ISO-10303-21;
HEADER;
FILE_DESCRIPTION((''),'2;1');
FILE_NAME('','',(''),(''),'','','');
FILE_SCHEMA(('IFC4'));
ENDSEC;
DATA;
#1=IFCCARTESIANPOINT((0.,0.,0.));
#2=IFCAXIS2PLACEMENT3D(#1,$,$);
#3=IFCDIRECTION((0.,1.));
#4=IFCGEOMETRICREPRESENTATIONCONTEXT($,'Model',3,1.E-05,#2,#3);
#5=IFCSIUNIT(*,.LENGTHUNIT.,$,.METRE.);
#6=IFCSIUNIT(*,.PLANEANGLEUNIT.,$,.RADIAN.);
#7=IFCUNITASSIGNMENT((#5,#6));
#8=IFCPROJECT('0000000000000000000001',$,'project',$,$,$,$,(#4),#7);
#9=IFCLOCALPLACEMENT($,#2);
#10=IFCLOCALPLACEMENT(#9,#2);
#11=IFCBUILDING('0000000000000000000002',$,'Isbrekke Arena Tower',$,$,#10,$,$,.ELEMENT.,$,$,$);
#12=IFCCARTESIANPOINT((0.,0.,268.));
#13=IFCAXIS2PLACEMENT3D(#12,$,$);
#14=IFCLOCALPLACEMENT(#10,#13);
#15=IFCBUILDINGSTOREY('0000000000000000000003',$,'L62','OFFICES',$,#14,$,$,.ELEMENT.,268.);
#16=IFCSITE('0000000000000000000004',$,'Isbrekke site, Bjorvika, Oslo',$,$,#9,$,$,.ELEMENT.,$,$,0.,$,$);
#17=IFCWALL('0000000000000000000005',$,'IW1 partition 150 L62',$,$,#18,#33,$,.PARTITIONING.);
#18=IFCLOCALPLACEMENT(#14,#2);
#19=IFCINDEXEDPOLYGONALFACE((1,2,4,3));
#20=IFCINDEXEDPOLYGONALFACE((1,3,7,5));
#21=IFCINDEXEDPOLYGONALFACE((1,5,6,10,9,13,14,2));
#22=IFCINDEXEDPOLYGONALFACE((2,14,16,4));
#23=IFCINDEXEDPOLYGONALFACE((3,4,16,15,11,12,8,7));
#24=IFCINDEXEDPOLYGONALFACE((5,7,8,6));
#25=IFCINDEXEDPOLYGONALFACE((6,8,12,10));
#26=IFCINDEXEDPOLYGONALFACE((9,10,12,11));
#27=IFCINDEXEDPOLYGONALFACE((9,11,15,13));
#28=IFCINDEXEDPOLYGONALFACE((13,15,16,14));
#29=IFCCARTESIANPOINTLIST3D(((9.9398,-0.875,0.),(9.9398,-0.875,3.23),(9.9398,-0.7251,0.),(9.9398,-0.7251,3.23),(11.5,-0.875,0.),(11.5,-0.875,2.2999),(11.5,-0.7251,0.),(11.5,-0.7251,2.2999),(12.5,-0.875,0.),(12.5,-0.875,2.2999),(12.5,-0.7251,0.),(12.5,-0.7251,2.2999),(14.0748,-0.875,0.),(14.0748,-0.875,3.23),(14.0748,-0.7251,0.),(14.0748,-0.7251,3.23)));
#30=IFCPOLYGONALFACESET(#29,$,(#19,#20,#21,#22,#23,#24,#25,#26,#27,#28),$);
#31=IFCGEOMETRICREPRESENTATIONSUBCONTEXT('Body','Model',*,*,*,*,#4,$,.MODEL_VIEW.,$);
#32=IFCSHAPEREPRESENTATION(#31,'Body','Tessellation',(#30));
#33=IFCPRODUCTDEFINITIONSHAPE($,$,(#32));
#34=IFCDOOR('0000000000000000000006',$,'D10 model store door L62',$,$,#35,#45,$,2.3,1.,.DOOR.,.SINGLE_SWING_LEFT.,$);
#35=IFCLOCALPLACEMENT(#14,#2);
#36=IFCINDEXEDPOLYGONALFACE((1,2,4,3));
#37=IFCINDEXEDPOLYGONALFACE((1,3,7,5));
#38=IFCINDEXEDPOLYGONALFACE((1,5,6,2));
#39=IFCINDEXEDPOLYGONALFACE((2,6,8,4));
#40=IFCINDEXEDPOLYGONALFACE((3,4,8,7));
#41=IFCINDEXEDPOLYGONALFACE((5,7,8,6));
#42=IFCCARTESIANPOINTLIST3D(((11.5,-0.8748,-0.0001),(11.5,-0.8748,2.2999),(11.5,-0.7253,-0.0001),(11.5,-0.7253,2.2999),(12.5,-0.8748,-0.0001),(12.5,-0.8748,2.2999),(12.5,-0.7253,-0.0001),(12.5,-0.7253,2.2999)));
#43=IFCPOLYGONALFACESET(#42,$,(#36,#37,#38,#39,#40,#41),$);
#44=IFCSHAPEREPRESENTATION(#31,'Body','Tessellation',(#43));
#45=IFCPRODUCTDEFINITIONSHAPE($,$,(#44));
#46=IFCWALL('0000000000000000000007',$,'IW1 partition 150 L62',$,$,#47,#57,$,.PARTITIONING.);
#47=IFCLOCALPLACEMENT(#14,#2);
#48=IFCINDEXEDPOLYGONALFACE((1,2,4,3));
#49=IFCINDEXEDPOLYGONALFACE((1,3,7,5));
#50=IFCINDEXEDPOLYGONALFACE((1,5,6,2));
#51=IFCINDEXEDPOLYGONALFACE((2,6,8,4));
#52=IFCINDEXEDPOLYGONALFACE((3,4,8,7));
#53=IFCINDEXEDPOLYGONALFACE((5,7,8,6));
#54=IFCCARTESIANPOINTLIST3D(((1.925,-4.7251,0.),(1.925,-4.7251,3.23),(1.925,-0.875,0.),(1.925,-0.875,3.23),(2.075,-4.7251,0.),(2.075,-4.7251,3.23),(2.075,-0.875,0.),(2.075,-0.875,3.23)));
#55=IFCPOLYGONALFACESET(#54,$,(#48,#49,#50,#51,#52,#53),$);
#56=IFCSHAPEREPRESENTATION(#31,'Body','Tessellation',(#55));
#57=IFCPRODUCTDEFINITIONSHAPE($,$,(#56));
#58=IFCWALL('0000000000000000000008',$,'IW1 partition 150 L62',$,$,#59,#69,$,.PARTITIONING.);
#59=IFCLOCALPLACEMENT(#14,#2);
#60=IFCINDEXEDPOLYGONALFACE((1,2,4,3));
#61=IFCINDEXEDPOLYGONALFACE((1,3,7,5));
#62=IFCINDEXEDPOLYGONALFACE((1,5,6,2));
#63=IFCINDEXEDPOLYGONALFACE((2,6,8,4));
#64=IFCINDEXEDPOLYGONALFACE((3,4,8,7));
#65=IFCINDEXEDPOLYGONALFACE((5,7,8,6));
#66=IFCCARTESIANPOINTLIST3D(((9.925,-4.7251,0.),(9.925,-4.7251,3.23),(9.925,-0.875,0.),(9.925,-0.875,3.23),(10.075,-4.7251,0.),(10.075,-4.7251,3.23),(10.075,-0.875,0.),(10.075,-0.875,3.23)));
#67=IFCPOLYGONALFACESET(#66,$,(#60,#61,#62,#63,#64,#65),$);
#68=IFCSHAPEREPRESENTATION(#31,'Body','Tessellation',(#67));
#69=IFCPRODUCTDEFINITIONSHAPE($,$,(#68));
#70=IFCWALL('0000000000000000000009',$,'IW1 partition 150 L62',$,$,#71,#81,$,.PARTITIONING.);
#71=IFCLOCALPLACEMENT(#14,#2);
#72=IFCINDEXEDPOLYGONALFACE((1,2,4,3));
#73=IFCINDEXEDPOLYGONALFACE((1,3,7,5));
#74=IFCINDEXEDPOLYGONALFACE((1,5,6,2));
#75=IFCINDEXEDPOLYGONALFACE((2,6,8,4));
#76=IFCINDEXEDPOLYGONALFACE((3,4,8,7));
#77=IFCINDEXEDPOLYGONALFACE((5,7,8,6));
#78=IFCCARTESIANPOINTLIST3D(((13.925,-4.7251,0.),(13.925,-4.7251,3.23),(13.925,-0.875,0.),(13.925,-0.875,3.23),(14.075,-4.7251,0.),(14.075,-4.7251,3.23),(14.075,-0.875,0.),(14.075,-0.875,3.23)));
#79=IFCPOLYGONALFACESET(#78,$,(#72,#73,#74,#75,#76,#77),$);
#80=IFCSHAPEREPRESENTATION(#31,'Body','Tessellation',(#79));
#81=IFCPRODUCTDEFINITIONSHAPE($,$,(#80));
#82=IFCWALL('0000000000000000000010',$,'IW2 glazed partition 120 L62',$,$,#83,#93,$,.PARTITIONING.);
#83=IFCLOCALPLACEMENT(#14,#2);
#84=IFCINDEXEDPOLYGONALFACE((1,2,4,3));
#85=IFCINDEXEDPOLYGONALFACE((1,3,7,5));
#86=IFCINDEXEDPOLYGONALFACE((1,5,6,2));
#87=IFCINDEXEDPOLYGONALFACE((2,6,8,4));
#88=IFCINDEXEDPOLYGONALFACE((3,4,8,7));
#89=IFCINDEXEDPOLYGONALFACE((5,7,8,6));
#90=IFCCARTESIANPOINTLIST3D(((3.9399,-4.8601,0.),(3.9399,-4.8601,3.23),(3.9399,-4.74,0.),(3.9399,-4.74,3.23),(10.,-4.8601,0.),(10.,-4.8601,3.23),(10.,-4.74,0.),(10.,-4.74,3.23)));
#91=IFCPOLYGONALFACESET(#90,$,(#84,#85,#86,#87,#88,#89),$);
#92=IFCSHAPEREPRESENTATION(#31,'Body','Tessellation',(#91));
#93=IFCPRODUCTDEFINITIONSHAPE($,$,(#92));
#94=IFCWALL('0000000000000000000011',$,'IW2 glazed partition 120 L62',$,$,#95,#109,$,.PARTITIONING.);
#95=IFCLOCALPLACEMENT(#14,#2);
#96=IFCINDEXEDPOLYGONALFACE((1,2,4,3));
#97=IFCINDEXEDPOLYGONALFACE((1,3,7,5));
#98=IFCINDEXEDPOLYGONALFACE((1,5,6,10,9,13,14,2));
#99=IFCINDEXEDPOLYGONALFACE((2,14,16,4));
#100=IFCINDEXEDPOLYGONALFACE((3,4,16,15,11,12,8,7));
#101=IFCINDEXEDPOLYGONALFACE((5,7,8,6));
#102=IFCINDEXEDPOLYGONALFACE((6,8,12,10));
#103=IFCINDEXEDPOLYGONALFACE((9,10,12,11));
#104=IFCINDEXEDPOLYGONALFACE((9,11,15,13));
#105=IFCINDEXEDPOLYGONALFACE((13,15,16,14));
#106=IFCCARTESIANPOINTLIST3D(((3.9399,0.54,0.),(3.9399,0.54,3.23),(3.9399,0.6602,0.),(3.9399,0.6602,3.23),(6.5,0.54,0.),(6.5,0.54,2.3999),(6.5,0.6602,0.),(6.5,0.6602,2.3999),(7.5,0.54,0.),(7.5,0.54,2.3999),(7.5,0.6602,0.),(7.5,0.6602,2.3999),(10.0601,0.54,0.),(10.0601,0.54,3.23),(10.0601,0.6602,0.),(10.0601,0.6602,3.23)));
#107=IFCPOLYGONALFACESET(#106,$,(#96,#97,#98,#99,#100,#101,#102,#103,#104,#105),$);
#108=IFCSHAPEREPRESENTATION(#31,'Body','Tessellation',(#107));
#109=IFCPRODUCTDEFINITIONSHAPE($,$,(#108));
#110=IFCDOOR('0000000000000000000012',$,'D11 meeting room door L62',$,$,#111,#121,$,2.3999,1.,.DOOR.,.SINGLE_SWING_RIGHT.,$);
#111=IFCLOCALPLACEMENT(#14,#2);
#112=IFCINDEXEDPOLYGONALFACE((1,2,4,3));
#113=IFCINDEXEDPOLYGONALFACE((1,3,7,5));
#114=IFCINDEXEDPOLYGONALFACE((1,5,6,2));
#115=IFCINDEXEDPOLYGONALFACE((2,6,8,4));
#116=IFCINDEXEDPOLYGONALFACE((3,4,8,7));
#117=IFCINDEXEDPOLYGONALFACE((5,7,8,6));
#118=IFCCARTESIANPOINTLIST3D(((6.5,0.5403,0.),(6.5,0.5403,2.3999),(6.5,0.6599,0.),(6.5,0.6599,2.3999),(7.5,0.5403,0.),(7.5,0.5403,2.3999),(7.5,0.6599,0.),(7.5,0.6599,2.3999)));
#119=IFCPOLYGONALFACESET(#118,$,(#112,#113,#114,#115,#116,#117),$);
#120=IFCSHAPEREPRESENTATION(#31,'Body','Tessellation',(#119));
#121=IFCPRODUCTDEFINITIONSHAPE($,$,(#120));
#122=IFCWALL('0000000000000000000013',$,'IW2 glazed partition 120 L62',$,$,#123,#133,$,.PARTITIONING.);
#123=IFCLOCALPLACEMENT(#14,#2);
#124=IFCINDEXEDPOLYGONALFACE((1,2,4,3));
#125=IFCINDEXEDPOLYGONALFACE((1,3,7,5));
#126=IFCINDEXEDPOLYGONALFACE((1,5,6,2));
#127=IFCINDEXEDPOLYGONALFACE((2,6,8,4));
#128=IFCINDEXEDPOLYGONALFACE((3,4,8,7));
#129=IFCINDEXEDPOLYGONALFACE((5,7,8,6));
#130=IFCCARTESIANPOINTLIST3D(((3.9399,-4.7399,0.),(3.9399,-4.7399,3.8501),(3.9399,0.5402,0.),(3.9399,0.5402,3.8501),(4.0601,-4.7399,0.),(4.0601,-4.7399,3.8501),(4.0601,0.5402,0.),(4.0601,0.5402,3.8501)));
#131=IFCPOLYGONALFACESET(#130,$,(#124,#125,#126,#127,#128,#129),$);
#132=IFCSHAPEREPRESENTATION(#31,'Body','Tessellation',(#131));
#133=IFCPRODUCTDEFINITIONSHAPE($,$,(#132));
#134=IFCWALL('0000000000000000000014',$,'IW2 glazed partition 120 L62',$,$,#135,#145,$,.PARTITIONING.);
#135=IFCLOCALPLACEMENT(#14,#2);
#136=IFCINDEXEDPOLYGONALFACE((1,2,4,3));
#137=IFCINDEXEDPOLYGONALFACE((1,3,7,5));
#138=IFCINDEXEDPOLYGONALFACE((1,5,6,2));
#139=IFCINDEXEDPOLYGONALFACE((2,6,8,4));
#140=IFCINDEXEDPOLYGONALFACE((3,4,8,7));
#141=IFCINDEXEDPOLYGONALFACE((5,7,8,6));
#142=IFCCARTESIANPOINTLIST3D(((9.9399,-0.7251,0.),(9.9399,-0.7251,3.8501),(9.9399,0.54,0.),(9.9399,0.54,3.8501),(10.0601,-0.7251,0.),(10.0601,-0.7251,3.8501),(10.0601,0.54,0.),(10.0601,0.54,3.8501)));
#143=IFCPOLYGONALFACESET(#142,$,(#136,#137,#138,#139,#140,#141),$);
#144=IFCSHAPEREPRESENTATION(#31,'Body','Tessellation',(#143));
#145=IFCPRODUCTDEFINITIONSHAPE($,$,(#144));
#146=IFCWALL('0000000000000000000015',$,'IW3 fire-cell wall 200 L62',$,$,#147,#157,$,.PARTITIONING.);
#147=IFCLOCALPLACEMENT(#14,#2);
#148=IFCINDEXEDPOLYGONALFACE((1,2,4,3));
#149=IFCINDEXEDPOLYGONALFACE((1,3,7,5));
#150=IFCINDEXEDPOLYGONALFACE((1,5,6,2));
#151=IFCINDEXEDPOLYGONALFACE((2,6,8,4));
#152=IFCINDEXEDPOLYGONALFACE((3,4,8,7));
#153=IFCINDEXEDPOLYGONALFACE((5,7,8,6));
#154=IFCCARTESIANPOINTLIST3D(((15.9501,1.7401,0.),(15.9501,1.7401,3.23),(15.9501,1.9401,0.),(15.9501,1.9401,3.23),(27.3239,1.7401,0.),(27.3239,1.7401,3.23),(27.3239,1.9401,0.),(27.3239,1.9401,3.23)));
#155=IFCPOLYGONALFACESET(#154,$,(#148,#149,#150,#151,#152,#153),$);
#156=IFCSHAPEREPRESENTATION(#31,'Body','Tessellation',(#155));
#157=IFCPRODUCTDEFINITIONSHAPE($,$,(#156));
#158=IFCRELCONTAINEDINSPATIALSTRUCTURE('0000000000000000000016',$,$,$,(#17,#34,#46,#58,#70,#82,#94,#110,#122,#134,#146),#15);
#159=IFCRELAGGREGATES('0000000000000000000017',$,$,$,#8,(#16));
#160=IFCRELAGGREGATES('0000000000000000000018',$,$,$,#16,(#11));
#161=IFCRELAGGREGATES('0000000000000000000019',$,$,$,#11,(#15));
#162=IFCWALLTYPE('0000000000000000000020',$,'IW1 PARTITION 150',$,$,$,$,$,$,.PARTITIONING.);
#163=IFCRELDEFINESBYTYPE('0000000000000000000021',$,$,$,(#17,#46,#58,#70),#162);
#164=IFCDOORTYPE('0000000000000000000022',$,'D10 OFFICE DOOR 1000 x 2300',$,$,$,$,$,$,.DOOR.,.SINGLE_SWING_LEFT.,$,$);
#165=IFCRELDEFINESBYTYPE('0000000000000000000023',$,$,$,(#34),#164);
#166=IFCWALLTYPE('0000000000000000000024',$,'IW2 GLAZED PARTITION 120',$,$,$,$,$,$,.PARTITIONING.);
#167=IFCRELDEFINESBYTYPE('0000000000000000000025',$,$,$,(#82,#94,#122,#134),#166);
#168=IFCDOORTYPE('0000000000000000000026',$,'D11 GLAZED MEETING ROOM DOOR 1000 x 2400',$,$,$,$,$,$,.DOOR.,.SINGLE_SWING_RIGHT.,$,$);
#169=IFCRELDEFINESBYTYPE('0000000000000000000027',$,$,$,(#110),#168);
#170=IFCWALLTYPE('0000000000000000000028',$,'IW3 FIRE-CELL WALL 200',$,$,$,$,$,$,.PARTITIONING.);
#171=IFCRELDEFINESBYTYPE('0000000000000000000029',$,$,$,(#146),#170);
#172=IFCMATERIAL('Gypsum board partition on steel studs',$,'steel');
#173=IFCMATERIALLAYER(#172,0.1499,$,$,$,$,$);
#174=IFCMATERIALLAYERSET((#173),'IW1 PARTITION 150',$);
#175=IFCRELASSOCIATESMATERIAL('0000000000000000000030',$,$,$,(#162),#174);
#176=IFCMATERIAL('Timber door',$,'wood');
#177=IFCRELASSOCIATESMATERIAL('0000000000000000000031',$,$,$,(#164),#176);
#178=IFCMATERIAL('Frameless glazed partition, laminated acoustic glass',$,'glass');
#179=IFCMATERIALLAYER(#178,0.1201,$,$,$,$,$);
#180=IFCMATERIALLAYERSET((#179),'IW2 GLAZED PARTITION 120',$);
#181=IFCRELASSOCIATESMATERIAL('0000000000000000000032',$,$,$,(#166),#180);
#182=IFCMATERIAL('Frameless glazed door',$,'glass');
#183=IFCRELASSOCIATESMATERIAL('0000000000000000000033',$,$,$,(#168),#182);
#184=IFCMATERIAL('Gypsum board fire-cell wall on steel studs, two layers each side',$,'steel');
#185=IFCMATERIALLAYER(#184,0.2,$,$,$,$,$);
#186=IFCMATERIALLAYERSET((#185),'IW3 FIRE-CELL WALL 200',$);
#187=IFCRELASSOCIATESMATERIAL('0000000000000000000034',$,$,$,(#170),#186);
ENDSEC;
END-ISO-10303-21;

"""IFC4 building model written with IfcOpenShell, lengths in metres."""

from ifc_helpers import new_model, si_unit, direction, frame, frame_2d, origin, place, context, subcontext, project, spatial, rectangle, extrude, material, layer, layer_set, type_object, element, fill, save


model = new_model("IFC4")

# Units and contexts
model_context = context("Model", 3, precision=1e-05, world=origin(), true_north=direction((0.0, 1.0)))
body_context = subcontext(model_context, "Body", "Model", "MODEL_VIEW")
ifc_project = project(units=[si_unit("LENGTHUNIT", "METRE"), si_unit("PLANEANGLEUNIT", "RADIAN")], contexts=[model_context])

# Site, building, storey
site_placement = place(None, origin())
site = spatial("IfcSite", under=ifc_project, at=site_placement, Name="Isbrekke site, Bjorvika, Oslo", CompositionType="ELEMENT", RefElevation=0.0)
building_placement = place(site_placement, origin())
building = spatial("IfcBuilding", under=site, at=building_placement, Name="Isbrekke Arena Tower", CompositionType="ELEMENT")
storey_placement = place(building_placement, frame((0.0, 0.0, 268.0)))
storey = spatial("IfcBuildingStorey", under=building, at=storey_placement, Name="L62", Description="OFFICES", CompositionType="ELEMENT", Elevation=268.0)

# Shared definitions
ifc_material_1 = material(Name="Gypsum board partition on steel studs", Category="steel")
ifc_layer_1 = layer(ifc_material_1, 0.1499)
ifc_layer_set_1 = layer_set([ifc_layer_1], Name="IW1 PARTITION 150")
wall_type_1 = type_object("IfcWallType", Name="IW1 PARTITION 150", PredefinedType="PARTITIONING", material=ifc_layer_set_1)

# Wall, opening, door
wall_1_placement = place(storey_placement, frame((9.9399, -0.8, 0.0), z_axis=(0.0, 0.0, 1.0), x_axis=(1.0, 0.0, 0.0)))
wall_1 = element("IfcWall", 1, at=wall_1_placement, inside=storey, type_object=wall_type_1, Name="IW1 partition 150 L62", PredefinedType="PARTITIONING", context=body_context, shape_type="SweptSolid", body=[
    extrude(rectangle(XDim=4.135, YDim=0.1499, at=frame_2d((2.0674, 0.0))), origin(), (0.0, 0.0, 1.0), 3.23),
])
opening_1_placement = place(wall_1_placement, frame((1.5601, 0.0, 0.0)))
opening_1 = element("IfcOpeningElement", 2, at=opening_1_placement, cuts=wall_1, PredefinedType="OPENING", context=body_context, shape_type="SweptSolid", body=[
    extrude(rectangle(XDim=1.0, YDim=2.3, at=frame_2d((0.5, 1.1499))), frame((0.0, 0.0898, 0.0), z_axis=(0.0, -1.0, 0.0), x_axis=(1.0, 0.0, 0.0)), (0.0, 0.0, 1.0), 0.1797),
])
ifc_material_2 = material(Name="Timber door", Category="wood")
door_type_1 = type_object("IfcDoorType", Name="D10 OFFICE DOOR 1000 x 2300", OperationType="SINGLE_SWING_LEFT", PredefinedType="DOOR", material=ifc_material_2)
door_1_placement = place(opening_1_placement, origin())
door_1 = element("IfcDoor", 3, at=door_1_placement, inside=storey, type_object=door_type_1, Name="D10 model store door L62", OperationType="SINGLE_SWING_LEFT", OverallHeight=2.3, OverallWidth=1.0, PredefinedType="DOOR", context=body_context, shape_type="SweptSolid", body=[
    extrude(rectangle(XDim=1.0, YDim=2.3, at=frame_2d((0.5, 1.1499))), frame((0.0, 0.0747, 0.0), z_axis=(0.0, -1.0, 0.0), x_axis=(1.0, 0.0, 0.0)), (0.0, 0.0, 1.0), 0.1494),
])
fill(opening_1, door_1)

# Walls
for number, where, z_axis, x_axis, name in (
    (4, (2.0, -4.7251, 0.0), (0.0, 0.0, 1.0), (0.0, 1.0, 0.0), "IW1 partition 150 L62"),
    (5, (10.0, -4.7251, 0.0), (0.0, 0.0, 1.0), (0.0, 1.0, 0.0), "IW1 partition 150 L62"),
    (6, (14.0, -4.7251, 0.0), (0.0, 0.0, 1.0), (0.0, 1.0, 0.0), "IW1 partition 150 L62"),
):
    element("IfcWall", number, at=place(storey_placement, frame(where, z_axis=z_axis, x_axis=x_axis)), inside=storey, type_object=wall_type_1, Name=name, PredefinedType="PARTITIONING", context=body_context, shape_type="SweptSolid", body=[
        extrude(rectangle(XDim=3.8501, YDim=0.1499, at=frame_2d((1.925, 0.0))), origin(), (0.0, 0.0, 1.0), 3.23),
    ])
ifc_material_3 = material(Name="Frameless glazed partition, laminated acoustic glass", Category="glass")
ifc_layer_2 = layer(ifc_material_3, 0.1201)
ifc_layer_set_2 = layer_set([ifc_layer_2], Name="IW2 GLAZED PARTITION 120")
wall_type_2 = type_object("IfcWallType", Name="IW2 GLAZED PARTITION 120", PredefinedType="PARTITIONING", material=ifc_layer_set_2)
wall_2_placement = place(storey_placement, frame((3.9399, -4.8, 0.0), z_axis=(0.0, 0.0, 1.0), x_axis=(1.0, 0.0, 0.0)))
element("IfcWall", 7, at=wall_2_placement, inside=storey, type_object=wall_type_2, Name="IW2 glazed partition 120 L62", PredefinedType="PARTITIONING", context=body_context, shape_type="SweptSolid", body=[
    extrude(rectangle(XDim=6.0601, YDim=0.1201, at=frame_2d((3.03, 0.0))), origin(), (0.0, 0.0, 1.0), 3.23),
])

# Wall, opening, door
wall_3_placement = place(storey_placement, frame((3.9399, 0.6001, 0.0), z_axis=(0.0, 0.0, 1.0), x_axis=(1.0, 0.0, 0.0)))
wall_3 = element("IfcWall", 8, at=wall_3_placement, inside=storey, type_object=wall_type_2, Name="IW2 glazed partition 120 L62", PredefinedType="PARTITIONING", context=body_context, shape_type="SweptSolid", body=[
    extrude(rectangle(XDim=6.1201, YDim=0.1201, at=frame_2d((3.0601, 0.0))), origin(), (0.0, 0.0, 1.0), 3.23),
])
opening_2_placement = place(wall_3_placement, frame((2.5601, 0.0, 0.0)))
opening_2 = element("IfcOpeningElement", 9, at=opening_2_placement, cuts=wall_3, PredefinedType="OPENING", context=body_context, shape_type="SweptSolid", body=[
    extrude(rectangle(XDim=1.0, YDim=2.3999, at=frame_2d((0.5, 1.2))), frame((0.0, 0.075, 0.0), z_axis=(0.0, -1.0, 0.0), x_axis=(1.0, 0.0, 0.0)), (0.0, 0.0, 1.0), 0.1499),
])
ifc_material_4 = material(Name="Frameless glazed door", Category="glass")
door_type_2 = type_object("IfcDoorType", Name="D11 GLAZED MEETING ROOM DOOR 1000 x 2400", OperationType="SINGLE_SWING_RIGHT", PredefinedType="DOOR", material=ifc_material_4)
door_2_placement = place(opening_2_placement, origin())
door_2 = element("IfcDoor", 10, at=door_2_placement, inside=storey, type_object=door_type_2, Name="D11 meeting room door L62", OperationType="SINGLE_SWING_RIGHT", OverallHeight=2.3999, OverallWidth=1.0, PredefinedType="DOOR", context=body_context, shape_type="SweptSolid", body=[
    extrude(rectangle(XDim=1.0, YDim=2.3999, at=frame_2d((0.5, 1.2))), frame((0.0, 0.0598, 0.0), z_axis=(0.0, -1.0, 0.0), x_axis=(1.0, 0.0, 0.0)), (0.0, 0.0, 1.0), 0.1196),
])
fill(opening_2, door_2)

# Walls
wall_4_placement = place(storey_placement, frame((4.0, -4.74, 0.0), z_axis=(0.0, 0.0, 1.0), x_axis=(0.0, 1.0, 0.0)))
element("IfcWall", 11, at=wall_4_placement, inside=storey, type_object=wall_type_2, Name="IW2 glazed partition 120 L62", PredefinedType="PARTITIONING", context=body_context, shape_type="SweptSolid", body=[
    extrude(rectangle(XDim=5.28, YDim=0.1201, at=frame_2d((2.6401, 0.0))), origin(), (0.0, 0.0, 1.0), 3.8501),
])
wall_5_placement = place(storey_placement, frame((10.0, -0.7251, 0.0), z_axis=(0.0, 0.0, 1.0), x_axis=(0.0, 1.0, 0.0)))
element("IfcWall", 12, at=wall_5_placement, inside=storey, type_object=wall_type_2, Name="IW2 glazed partition 120 L62", PredefinedType="PARTITIONING", context=body_context, shape_type="SweptSolid", body=[
    extrude(rectangle(XDim=1.2651, YDim=0.1201, at=frame_2d((0.6326, 0.0))), origin(), (0.0, 0.0, 1.0), 3.8501),
])
ifc_material_5 = material(Name="Gypsum board fire-cell wall on steel studs, two layers each side", Category="steel")
ifc_layer_3 = layer(ifc_material_5, 0.2)
ifc_layer_set_3 = layer_set([ifc_layer_3], Name="IW3 FIRE-CELL WALL 200")
wall_type_3 = type_object("IfcWallType", Name="IW3 FIRE-CELL WALL 200", PredefinedType="PARTITIONING", material=ifc_layer_set_3)
wall_6_placement = place(storey_placement, frame((15.95, 1.8401, 0.0), z_axis=(0.0, 0.0, 1.0), x_axis=(1.0, 0.0, 0.0)))
element("IfcWall", 13, at=wall_6_placement, inside=storey, type_object=wall_type_3, Name="IW3 fire-cell wall 200 L62", PredefinedType="PARTITIONING", context=body_context, shape_type="SweptSolid", body=[
    extrude(rectangle(XDim=11.3738, YDim=0.2, at=frame_2d((5.687, 0.0))), origin(), (0.0, 0.0, 1.0), 3.23),
])

save(model, "model.ifc")
